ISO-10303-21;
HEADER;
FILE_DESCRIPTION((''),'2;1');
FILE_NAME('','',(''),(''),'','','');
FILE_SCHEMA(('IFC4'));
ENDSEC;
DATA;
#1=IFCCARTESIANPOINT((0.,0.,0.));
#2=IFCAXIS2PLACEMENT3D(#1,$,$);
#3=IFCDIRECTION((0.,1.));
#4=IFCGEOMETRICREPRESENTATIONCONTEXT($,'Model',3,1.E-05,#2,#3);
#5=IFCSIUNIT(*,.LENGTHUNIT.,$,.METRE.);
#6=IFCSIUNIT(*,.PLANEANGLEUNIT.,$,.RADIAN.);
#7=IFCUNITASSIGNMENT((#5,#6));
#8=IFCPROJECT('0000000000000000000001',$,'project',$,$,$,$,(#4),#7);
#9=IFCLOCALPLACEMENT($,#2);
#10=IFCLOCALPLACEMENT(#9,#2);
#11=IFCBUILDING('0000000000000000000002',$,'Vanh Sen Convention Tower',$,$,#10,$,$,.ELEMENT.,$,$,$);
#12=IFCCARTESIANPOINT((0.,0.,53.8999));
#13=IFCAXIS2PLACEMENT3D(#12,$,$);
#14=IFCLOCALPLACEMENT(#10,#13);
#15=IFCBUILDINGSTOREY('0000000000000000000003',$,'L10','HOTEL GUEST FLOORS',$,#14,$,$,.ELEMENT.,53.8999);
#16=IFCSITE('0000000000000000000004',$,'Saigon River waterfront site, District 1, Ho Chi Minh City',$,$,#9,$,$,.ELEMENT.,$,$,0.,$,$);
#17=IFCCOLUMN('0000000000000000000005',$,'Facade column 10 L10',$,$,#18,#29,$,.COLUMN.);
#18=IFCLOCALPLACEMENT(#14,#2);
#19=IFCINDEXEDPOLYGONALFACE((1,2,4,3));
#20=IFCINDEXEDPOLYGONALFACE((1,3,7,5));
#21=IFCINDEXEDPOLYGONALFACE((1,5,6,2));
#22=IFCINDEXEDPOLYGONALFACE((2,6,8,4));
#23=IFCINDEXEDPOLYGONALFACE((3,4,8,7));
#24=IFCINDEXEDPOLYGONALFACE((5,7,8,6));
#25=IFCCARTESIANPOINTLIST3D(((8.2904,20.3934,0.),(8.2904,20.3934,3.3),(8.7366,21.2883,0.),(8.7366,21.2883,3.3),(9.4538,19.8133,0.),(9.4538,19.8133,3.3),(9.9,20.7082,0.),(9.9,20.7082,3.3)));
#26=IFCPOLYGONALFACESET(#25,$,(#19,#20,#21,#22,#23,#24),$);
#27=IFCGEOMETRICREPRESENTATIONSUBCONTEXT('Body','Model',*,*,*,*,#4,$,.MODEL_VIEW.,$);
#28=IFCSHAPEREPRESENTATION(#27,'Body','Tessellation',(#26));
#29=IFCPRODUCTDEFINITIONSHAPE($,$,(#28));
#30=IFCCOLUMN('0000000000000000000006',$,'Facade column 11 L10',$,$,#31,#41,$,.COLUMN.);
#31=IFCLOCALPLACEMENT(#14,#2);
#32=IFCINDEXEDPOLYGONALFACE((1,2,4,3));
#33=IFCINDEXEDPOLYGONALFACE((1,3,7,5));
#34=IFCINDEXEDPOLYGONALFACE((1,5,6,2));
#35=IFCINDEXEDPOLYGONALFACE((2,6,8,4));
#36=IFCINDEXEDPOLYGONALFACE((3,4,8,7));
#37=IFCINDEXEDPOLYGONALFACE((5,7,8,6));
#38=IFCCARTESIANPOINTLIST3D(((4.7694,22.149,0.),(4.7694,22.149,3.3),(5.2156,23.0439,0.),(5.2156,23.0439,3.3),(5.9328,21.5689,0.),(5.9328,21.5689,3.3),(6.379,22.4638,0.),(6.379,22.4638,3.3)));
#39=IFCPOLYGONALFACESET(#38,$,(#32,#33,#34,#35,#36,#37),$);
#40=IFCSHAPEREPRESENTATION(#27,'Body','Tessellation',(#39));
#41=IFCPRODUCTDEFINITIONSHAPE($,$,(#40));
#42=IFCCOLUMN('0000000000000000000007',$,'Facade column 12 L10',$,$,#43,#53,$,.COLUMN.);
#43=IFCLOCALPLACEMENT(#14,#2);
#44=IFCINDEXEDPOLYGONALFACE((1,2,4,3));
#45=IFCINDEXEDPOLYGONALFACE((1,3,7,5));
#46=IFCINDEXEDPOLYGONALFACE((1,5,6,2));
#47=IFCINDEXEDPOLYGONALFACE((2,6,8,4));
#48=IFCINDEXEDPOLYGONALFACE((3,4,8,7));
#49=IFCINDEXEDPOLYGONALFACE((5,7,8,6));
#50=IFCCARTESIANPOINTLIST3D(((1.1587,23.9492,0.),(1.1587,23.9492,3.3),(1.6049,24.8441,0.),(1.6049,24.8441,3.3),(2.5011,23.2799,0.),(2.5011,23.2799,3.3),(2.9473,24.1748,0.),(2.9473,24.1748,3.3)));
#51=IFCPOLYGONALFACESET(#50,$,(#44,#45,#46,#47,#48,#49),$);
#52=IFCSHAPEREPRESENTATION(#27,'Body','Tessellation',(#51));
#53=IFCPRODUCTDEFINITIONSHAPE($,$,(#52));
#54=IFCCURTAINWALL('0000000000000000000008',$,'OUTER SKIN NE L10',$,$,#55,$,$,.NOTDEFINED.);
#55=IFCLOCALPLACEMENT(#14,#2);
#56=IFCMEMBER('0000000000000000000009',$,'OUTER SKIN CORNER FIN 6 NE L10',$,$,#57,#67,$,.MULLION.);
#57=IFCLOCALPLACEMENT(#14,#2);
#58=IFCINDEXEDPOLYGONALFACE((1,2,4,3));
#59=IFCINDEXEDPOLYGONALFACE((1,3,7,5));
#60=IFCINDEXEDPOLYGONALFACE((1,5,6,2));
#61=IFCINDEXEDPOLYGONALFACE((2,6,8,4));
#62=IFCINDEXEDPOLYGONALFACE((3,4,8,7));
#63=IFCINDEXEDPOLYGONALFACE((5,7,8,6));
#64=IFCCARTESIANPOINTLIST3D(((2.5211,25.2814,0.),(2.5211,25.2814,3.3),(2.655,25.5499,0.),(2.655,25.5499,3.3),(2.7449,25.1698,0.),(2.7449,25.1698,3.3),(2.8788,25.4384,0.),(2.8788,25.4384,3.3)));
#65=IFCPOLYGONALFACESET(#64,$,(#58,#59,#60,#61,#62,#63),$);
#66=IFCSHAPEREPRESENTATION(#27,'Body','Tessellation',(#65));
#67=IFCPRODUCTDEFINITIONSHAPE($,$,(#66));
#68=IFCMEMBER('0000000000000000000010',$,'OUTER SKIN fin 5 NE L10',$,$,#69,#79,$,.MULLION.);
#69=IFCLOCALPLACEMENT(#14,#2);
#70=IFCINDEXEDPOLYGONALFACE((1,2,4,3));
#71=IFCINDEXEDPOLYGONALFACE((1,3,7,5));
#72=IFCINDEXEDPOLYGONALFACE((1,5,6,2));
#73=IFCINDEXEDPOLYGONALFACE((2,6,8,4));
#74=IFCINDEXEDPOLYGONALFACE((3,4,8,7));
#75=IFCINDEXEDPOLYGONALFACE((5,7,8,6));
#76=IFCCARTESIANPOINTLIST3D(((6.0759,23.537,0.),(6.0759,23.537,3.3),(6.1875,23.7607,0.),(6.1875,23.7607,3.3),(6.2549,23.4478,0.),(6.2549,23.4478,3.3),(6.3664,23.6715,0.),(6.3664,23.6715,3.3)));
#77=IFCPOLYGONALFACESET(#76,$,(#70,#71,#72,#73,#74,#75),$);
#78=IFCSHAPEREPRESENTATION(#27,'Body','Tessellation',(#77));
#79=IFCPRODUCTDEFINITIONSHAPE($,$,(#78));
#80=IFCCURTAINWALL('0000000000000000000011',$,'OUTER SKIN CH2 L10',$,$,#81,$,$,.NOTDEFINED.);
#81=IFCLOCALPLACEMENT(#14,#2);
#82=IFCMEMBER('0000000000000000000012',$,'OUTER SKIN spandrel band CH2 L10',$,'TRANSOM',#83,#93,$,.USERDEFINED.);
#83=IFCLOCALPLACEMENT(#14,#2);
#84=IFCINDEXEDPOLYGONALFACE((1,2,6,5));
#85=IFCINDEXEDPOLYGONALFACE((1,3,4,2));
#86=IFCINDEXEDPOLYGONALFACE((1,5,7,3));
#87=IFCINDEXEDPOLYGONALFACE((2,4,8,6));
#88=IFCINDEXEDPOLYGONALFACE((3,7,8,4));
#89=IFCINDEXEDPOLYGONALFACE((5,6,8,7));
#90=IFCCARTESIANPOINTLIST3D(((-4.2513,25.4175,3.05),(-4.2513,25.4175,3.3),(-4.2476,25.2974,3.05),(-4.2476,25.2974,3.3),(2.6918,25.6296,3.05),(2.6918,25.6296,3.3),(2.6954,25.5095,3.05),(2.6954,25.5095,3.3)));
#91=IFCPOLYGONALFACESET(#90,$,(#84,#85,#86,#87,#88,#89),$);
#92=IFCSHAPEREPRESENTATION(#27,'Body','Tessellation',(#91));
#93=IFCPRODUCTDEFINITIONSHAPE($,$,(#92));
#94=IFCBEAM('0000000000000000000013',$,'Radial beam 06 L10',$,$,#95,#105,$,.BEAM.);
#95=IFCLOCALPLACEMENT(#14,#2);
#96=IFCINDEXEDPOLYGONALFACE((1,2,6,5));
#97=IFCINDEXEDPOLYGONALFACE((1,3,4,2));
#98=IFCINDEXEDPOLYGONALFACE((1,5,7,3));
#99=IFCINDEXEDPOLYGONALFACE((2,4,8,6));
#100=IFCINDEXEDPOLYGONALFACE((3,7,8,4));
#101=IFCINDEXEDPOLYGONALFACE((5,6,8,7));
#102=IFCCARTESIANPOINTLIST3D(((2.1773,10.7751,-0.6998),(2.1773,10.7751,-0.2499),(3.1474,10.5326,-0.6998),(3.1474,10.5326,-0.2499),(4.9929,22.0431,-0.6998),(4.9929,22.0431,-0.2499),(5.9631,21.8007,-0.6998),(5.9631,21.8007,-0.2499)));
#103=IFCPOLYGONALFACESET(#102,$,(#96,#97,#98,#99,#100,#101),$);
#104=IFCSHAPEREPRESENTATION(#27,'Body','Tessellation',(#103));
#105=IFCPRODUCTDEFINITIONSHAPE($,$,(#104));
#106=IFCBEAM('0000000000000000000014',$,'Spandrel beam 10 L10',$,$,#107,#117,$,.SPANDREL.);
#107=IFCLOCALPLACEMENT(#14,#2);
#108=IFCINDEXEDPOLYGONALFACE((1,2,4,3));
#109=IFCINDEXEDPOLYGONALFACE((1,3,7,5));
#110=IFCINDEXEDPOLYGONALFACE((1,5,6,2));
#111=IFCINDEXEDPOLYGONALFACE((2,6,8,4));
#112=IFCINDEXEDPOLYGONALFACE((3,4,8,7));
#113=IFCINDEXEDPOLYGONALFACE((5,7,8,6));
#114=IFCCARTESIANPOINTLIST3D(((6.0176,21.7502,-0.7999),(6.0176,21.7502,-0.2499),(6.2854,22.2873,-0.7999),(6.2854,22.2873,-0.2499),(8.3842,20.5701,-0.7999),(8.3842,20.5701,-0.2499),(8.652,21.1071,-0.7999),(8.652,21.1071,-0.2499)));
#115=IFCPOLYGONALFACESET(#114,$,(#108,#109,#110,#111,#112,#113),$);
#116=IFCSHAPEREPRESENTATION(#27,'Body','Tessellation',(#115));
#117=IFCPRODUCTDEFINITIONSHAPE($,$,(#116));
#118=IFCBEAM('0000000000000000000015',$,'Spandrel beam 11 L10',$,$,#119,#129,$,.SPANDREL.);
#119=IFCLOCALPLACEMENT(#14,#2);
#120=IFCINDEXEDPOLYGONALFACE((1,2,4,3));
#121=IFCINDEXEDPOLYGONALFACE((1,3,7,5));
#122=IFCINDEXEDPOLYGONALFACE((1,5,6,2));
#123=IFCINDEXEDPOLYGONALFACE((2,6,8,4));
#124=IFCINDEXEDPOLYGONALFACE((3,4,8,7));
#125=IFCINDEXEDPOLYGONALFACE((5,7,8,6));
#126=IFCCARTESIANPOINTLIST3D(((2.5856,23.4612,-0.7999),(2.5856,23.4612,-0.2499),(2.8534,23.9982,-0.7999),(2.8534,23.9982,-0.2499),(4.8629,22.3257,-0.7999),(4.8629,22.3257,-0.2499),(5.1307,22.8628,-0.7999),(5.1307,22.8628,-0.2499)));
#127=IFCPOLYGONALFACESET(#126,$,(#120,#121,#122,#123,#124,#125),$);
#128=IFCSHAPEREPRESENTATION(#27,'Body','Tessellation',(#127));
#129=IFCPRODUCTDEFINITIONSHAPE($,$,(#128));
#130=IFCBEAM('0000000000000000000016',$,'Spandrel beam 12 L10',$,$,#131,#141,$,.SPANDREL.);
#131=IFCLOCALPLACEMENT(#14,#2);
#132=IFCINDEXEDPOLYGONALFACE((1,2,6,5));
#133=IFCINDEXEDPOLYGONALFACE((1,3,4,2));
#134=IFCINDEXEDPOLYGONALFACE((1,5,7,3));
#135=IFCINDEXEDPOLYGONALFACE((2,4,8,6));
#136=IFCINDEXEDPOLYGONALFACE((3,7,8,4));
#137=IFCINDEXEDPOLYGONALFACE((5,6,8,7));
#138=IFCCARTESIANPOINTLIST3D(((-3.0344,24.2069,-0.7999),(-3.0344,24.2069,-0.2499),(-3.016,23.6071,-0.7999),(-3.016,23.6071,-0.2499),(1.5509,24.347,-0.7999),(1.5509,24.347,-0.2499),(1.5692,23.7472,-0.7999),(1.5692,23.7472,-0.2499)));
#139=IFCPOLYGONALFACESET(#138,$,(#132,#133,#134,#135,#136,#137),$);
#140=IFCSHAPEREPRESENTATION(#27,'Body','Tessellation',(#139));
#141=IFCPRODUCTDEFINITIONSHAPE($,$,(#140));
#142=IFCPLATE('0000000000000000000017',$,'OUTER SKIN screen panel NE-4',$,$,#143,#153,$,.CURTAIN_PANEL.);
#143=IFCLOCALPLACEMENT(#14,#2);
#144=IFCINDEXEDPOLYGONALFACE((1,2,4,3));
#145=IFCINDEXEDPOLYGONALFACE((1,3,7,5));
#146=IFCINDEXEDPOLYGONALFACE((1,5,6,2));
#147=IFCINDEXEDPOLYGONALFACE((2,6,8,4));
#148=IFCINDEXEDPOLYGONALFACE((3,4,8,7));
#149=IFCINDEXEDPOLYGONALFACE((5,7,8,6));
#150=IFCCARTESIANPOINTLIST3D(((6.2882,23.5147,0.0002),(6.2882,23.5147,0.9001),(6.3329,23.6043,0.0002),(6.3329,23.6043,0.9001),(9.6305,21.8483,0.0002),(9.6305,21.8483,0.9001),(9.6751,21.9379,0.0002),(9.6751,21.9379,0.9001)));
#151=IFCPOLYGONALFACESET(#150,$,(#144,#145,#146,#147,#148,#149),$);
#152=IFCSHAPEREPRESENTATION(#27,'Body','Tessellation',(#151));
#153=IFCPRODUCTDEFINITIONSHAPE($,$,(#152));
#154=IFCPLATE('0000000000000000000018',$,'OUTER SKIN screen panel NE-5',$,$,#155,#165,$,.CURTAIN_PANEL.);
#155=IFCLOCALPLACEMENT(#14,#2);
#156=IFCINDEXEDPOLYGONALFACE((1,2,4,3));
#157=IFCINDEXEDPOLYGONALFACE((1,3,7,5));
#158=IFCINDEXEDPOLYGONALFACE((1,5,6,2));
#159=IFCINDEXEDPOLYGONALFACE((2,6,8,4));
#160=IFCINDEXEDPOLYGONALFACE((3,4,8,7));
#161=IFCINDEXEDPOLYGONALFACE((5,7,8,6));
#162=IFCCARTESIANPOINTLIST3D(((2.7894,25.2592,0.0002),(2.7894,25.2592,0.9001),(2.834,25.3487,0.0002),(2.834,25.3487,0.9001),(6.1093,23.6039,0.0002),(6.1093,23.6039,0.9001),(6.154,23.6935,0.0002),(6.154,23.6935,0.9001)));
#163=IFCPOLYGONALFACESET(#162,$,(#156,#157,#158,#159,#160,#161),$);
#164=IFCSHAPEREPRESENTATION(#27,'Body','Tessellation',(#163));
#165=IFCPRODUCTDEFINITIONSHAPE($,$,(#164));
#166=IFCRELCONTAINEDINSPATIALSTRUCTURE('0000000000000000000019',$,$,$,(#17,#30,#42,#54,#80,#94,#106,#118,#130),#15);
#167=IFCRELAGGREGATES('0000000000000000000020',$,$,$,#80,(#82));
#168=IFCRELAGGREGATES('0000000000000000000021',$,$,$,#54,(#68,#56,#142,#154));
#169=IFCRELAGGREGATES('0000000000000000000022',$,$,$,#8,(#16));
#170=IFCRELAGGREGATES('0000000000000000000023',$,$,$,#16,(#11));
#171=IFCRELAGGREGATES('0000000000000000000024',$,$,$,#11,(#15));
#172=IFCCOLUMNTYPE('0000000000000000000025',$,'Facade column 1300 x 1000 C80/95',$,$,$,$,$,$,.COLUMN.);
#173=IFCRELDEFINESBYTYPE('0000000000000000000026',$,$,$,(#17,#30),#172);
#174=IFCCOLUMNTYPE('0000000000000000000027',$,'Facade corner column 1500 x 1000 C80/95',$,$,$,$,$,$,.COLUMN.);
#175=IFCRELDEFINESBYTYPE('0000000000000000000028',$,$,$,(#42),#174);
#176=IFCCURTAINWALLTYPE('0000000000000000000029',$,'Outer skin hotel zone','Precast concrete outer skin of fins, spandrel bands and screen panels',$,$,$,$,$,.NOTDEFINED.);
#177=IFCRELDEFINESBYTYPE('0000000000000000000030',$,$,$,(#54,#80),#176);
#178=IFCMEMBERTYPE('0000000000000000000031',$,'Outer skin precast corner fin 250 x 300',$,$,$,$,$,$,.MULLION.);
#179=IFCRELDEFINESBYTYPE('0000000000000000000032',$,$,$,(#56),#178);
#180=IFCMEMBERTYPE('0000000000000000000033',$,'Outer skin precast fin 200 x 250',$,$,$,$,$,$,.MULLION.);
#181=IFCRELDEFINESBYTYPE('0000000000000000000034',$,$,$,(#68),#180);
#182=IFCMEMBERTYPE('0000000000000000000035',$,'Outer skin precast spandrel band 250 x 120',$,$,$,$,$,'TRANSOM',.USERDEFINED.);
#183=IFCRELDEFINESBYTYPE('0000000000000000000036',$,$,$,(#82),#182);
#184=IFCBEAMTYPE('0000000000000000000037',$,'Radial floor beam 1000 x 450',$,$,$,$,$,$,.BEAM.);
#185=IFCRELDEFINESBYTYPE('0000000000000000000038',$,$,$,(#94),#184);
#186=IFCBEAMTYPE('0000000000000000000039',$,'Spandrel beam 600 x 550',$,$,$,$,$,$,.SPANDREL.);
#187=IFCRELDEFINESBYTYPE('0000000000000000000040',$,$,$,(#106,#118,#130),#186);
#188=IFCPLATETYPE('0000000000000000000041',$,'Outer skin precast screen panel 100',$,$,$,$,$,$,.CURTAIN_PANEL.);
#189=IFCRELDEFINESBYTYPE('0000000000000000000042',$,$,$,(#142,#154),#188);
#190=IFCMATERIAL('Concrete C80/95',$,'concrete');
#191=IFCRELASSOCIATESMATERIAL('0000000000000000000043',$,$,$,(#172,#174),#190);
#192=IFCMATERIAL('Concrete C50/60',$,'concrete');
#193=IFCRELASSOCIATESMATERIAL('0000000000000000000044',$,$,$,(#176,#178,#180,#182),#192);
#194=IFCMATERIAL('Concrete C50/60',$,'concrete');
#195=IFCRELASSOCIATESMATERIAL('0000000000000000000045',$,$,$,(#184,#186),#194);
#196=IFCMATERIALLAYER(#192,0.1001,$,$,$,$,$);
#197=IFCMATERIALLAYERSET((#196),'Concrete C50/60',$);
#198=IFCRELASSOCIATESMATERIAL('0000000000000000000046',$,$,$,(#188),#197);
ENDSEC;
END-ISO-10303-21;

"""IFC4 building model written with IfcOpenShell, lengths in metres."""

from ifc_helpers import new_model, si_unit, direction, frame, origin, origin_2d, place, context, subcontext, project, spatial, rectangle, extrude, material, layer, layer_set, material_profile, profile_set, type_object, element, aggregate, save


model = new_model("IFC4")

# Units and contexts
model_context = context("Model", 3, precision=1e-05, world=origin(), true_north=direction((0.0, 1.0)))
body_context = subcontext(model_context, "Body", "Model", "MODEL_VIEW")
ifc_project = project(units=[si_unit("LENGTHUNIT", "METRE"), si_unit("PLANEANGLEUNIT", "RADIAN")], contexts=[model_context])

# Site, building, storey
site_placement = place(None, origin())
site = spatial("IfcSite", under=ifc_project, at=site_placement, Name="Saigon River waterfront site, District 1, Ho Chi Minh City", CompositionType="ELEMENT", RefElevation=0.0)
building_placement = place(site_placement, origin())
building = spatial("IfcBuilding", under=site, at=building_placement, Name="Vanh Sen Convention Tower", CompositionType="ELEMENT")
storey_placement = place(building_placement, frame((0.0, 0.0, 53.8999)))
storey = spatial("IfcBuildingStorey", under=building, at=storey_placement, Name="L10", Description="HOTEL GUEST FLOORS", CompositionType="ELEMENT", Elevation=53.8999)

# Columns
ifc_material_1 = material(Name="Concrete C80/95", Category="concrete")
ifc_material_profile_1 = material_profile(ifc_material_1, rectangle(XDim=1.3, YDim=1.0, at=origin_2d()), Name="RC 1300X1000")
ifc_profile_set_1 = profile_set([ifc_material_profile_1], Name="Concrete C80/95")
column_type_1 = type_object("IfcColumnType", Name="Facade column 1300 x 1000 C80/95", PredefinedType="COLUMN", material=ifc_profile_set_1)
for number, where, z_axis, x_axis, name in (
    (1, (9.0952, 20.5508, 0.0), (0.0, 0.0, 1.0), (-0.894934, 0.446198, 0.0), "Facade column 10 L10"),
    (2, (5.5742, 22.3064, 0.0), (0.0, 0.0, 1.0), (-0.894934, 0.446198, 0.0), "Facade column 11 L10"),
):
    element("IfcColumn", number, at=place(storey_placement, frame(where, z_axis=z_axis, x_axis=x_axis)), inside=storey, type_object=column_type_1, Name=name, PredefinedType="COLUMN", context=body_context, shape_type="SweptSolid", body=[
        extrude(rectangle(XDim=1.3, YDim=1.0, at=origin_2d()), origin(), (0.0, 0.0, 1.0), 3.3),
    ])
ifc_material_profile_2 = material_profile(ifc_material_1, rectangle(XDim=1.5, YDim=1.0, at=origin_2d()), Name="RC 1500X1000")
ifc_profile_set_2 = profile_set([ifc_material_profile_2], Name="Concrete C80/95")
column_type_2 = type_object("IfcColumnType", Name="Facade corner column 1500 x 1000 C80/95", PredefinedType="COLUMN", material=ifc_profile_set_2)
column_placement = place(storey_placement, frame((2.053, 24.062, 0.0), z_axis=(0.0, 0.0, 1.0), x_axis=(-0.894934, 0.446198, 0.0)))
element("IfcColumn", 3, at=column_placement, inside=storey, type_object=column_type_2, Name="Facade column 12 L10", PredefinedType="COLUMN", context=body_context, shape_type="SweptSolid", body=[
    extrude(rectangle(XDim=1.5, YDim=1.0, at=origin_2d()), origin(), (0.0, 0.0, 1.0), 3.3),
])

# Curtain wall, members
ifc_material_2 = material(Name="Concrete C50/60", Category="concrete")
curtain_wall_type = type_object("IfcCurtainWallType", Name="Outer skin hotel zone", Description="Precast concrete outer skin of fins, spandrel bands and screen panels", PredefinedType="NOTDEFINED", material=ifc_material_2)
curtain_wall_1_placement = place(storey_placement, origin())
curtain_wall_1 = element("IfcCurtainWall", 4, at=curtain_wall_1_placement, inside=storey, type_object=curtain_wall_type, Name="OUTER SKIN NE L10", PredefinedType="NOTDEFINED")
ifc_material_profile_3 = material_profile(ifc_material_2, rectangle(XDim=0.25, YDim=0.3, at=origin_2d()), Name="Outer skin precast corner fin 250 x 300")
ifc_profile_set_3 = profile_set([ifc_material_profile_3], Name="Concrete C50/60")
member_type_1 = type_object("IfcMemberType", Name="Outer skin precast corner fin 250 x 300", PredefinedType="MULLION", material=ifc_profile_set_3)
member_1_placement = place(storey_placement, frame((2.7, 25.3599, 0.0), z_axis=(0.0, 0.0, 1.0), x_axis=(-0.894934, 0.446198, 0.0)))
member_1 = element("IfcMember", 5, at=member_1_placement, type_object=member_type_1, Name="OUTER SKIN CORNER FIN 6 NE L10", PredefinedType="MULLION", context=body_context, shape_type="SweptSolid", body=[
    extrude(rectangle(XDim=0.25, YDim=0.3, at=origin_2d()), origin(), (0.0, 0.0, 1.0), 3.3),
])
ifc_material_profile_4 = material_profile(ifc_material_2, rectangle(XDim=0.2, YDim=0.25, at=origin_2d()), Name="Outer skin precast fin 200 x 250")
ifc_profile_set_4 = profile_set([ifc_material_profile_4], Name="Concrete C50/60")
member_type_2 = type_object("IfcMemberType", Name="Outer skin precast fin 200 x 250", PredefinedType="MULLION", material=ifc_profile_set_4)
member_2_placement = place(storey_placement, frame((6.2212, 23.6042, 0.0), z_axis=(0.0, 0.0, 1.0), x_axis=(-0.894934, 0.446198, 0.0)))
member_2 = element("IfcMember", 6, at=member_2_placement, type_object=member_type_2, Name="OUTER SKIN fin 5 NE L10", PredefinedType="MULLION", context=body_context, shape_type="SweptSolid", body=[
    extrude(rectangle(XDim=0.2, YDim=0.25, at=origin_2d()), origin(), (0.0, 0.0, 1.0), 3.3),
])

# Curtain wall, member
curtain_wall_2_placement = place(storey_placement, origin())
curtain_wall_2 = element("IfcCurtainWall", 7, at=curtain_wall_2_placement, inside=storey, type_object=curtain_wall_type, Name="OUTER SKIN CH2 L10", PredefinedType="NOTDEFINED")
ifc_material_profile_5 = material_profile(ifc_material_2, rectangle(XDim=0.1201, YDim=0.25, at=origin_2d()), Name="Outer skin precast spandrel band 250 x 120")
ifc_profile_set_5 = profile_set([ifc_material_profile_5], Name="Concrete C50/60")
member_type_3 = type_object("IfcMemberType", Name="Outer skin precast spandrel band 250 x 120", ElementType="TRANSOM", PredefinedType="USERDEFINED", material=ifc_profile_set_5)
member_3_placement = place(storey_placement, frame((2.6936, 25.5696, 3.175), z_axis=(-0.999533, -0.030542, 0.0), x_axis=(0.030542, -0.999533, 0.0)))
member_3 = element("IfcMember", 8, at=member_3_placement, type_object=member_type_3, Name="OUTER SKIN spandrel band CH2 L10", ObjectType="TRANSOM", PredefinedType="USERDEFINED", context=body_context, shape_type="SweptSolid", body=[
    extrude(rectangle(XDim=0.1201, YDim=0.25, at=origin_2d()), origin(), (0.0, 0.0, 1.0), 6.9463),
])
aggregate(curtain_wall_2, [member_3])

# Beams
ifc_material_3 = material(Name="Concrete C50/60", Category="concrete")
ifc_material_profile_6 = material_profile(ifc_material_3, rectangle(XDim=1.0, YDim=0.45, at=origin_2d()), Name="RC 1000X450")
ifc_profile_set_6 = profile_set([ifc_material_profile_6], Name="Concrete C50/60")
beam_type_1 = type_object("IfcBeamType", Name="Radial floor beam 1000 x 450", PredefinedType="BEAM", material=ifc_profile_set_6)
beam_1_placement = place(storey_placement, frame((5.478, 21.9219, -0.4749), z_axis=(-0.242427, -0.97017, 0.0), x_axis=(0.97017, -0.242427, 0.0)))
element("IfcBeam", 9, at=beam_1_placement, inside=storey, type_object=beam_type_1, Name="Radial beam 06 L10", PredefinedType="BEAM", context=body_context, shape_type="SweptSolid", body=[
    extrude(rectangle(XDim=1.0, YDim=0.45, at=origin_2d()), origin(), (0.0, 0.0, 1.0), 11.6145),
])
ifc_material_profile_7 = material_profile(ifc_material_3, rectangle(XDim=0.6001, YDim=0.55, at=origin_2d()), Name="RC 600X550")
ifc_profile_set_7 = profile_set([ifc_material_profile_7], Name="Concrete C50/60")
beam_type_2 = type_object("IfcBeamType", Name="Spandrel beam 600 x 550", PredefinedType="SPANDREL", material=ifc_profile_set_7)
beam_2_placement = place(storey_placement, frame((8.5181, 20.8386, -0.5249), z_axis=(-0.894907, 0.446253, 0.0), x_axis=(-0.446253, -0.894907, 0.0)))
element("IfcBeam", 10, at=beam_2_placement, inside=storey, type_object=beam_type_2, Name="Spandrel beam 10 L10", PredefinedType="SPANDREL", context=body_context, shape_type="SweptSolid", body=[
    extrude(rectangle(XDim=0.6001, YDim=0.55, at=origin_2d()), origin(), (0.0, 0.0, 1.0), 2.6445),
])
beam_3_placement = place(storey_placement, frame((4.9968, 22.5942, -0.5249), z_axis=(-0.894926, 0.446216, 0.0), x_axis=(-0.446216, -0.894926, 0.0)))
element("IfcBeam", 11, at=beam_3_placement, inside=storey, type_object=beam_type_2, Name="Spandrel beam 11 L10", PredefinedType="SPANDREL", context=body_context, shape_type="SweptSolid", body=[
    extrude(rectangle(XDim=0.6001, YDim=0.55, at=origin_2d()), origin(), (0.0, 0.0, 1.0), 2.5447),
])
beam_4_placement = place(storey_placement, frame((1.5601, 24.0471, -0.5249), z_axis=(-0.999533, -0.030549, 0.0), x_axis=(0.030549, -0.999533, 0.0)))
element("IfcBeam", 12, at=beam_4_placement, inside=storey, type_object=beam_type_2, Name="Spandrel beam 12 L10", PredefinedType="SPANDREL", context=body_context, shape_type="SweptSolid", body=[
    extrude(rectangle(XDim=0.6001, YDim=0.55, at=origin_2d()), origin(), (0.0, 0.0, 1.0), 4.5874),
])

# Plates
ifc_layer_1 = layer(ifc_material_2, 0.1001)
ifc_layer_set_1 = layer_set([ifc_layer_1], Name="Concrete C50/60")
plate_type = type_object("IfcPlateType", Name="Outer skin precast screen panel 100", PredefinedType="CURTAIN_PANEL", material=ifc_layer_set_1)
plate_1_placement = place(storey_placement, frame((7.9817, 22.7263, 0.0002), z_axis=(0.0, 0.0, 1.0), x_axis=(-0.894935, 0.446196, 0.0)))
plate_1 = element("IfcPlate", 13, at=plate_1_placement, type_object=plate_type, Name="OUTER SKIN screen panel NE-4", PredefinedType="CURTAIN_PANEL", context=body_context, shape_type="SweptSolid", body=[
    extrude(rectangle(XDim=3.7346, YDim=0.1001, at=origin_2d()), origin(), (0.0, 0.0, 1.0), 0.8999),
])
plate_2_placement = place(storey_placement, frame((4.4717, 24.4763, 0.0002), z_axis=(0.0, 0.0, 1.0), x_axis=(-0.894935, 0.446196, 0.0)))
plate_2 = element("IfcPlate", 14, at=plate_2_placement, type_object=plate_type, Name="OUTER SKIN screen panel NE-5", PredefinedType="CURTAIN_PANEL", context=body_context, shape_type="SweptSolid", body=[
    extrude(rectangle(XDim=3.7097, YDim=0.1001, at=origin_2d()), origin(), (0.0, 0.0, 1.0), 0.8999),
])
aggregate(curtain_wall_1, [member_2, member_1, plate_1, plate_2])

save(model, "model.ifc")
